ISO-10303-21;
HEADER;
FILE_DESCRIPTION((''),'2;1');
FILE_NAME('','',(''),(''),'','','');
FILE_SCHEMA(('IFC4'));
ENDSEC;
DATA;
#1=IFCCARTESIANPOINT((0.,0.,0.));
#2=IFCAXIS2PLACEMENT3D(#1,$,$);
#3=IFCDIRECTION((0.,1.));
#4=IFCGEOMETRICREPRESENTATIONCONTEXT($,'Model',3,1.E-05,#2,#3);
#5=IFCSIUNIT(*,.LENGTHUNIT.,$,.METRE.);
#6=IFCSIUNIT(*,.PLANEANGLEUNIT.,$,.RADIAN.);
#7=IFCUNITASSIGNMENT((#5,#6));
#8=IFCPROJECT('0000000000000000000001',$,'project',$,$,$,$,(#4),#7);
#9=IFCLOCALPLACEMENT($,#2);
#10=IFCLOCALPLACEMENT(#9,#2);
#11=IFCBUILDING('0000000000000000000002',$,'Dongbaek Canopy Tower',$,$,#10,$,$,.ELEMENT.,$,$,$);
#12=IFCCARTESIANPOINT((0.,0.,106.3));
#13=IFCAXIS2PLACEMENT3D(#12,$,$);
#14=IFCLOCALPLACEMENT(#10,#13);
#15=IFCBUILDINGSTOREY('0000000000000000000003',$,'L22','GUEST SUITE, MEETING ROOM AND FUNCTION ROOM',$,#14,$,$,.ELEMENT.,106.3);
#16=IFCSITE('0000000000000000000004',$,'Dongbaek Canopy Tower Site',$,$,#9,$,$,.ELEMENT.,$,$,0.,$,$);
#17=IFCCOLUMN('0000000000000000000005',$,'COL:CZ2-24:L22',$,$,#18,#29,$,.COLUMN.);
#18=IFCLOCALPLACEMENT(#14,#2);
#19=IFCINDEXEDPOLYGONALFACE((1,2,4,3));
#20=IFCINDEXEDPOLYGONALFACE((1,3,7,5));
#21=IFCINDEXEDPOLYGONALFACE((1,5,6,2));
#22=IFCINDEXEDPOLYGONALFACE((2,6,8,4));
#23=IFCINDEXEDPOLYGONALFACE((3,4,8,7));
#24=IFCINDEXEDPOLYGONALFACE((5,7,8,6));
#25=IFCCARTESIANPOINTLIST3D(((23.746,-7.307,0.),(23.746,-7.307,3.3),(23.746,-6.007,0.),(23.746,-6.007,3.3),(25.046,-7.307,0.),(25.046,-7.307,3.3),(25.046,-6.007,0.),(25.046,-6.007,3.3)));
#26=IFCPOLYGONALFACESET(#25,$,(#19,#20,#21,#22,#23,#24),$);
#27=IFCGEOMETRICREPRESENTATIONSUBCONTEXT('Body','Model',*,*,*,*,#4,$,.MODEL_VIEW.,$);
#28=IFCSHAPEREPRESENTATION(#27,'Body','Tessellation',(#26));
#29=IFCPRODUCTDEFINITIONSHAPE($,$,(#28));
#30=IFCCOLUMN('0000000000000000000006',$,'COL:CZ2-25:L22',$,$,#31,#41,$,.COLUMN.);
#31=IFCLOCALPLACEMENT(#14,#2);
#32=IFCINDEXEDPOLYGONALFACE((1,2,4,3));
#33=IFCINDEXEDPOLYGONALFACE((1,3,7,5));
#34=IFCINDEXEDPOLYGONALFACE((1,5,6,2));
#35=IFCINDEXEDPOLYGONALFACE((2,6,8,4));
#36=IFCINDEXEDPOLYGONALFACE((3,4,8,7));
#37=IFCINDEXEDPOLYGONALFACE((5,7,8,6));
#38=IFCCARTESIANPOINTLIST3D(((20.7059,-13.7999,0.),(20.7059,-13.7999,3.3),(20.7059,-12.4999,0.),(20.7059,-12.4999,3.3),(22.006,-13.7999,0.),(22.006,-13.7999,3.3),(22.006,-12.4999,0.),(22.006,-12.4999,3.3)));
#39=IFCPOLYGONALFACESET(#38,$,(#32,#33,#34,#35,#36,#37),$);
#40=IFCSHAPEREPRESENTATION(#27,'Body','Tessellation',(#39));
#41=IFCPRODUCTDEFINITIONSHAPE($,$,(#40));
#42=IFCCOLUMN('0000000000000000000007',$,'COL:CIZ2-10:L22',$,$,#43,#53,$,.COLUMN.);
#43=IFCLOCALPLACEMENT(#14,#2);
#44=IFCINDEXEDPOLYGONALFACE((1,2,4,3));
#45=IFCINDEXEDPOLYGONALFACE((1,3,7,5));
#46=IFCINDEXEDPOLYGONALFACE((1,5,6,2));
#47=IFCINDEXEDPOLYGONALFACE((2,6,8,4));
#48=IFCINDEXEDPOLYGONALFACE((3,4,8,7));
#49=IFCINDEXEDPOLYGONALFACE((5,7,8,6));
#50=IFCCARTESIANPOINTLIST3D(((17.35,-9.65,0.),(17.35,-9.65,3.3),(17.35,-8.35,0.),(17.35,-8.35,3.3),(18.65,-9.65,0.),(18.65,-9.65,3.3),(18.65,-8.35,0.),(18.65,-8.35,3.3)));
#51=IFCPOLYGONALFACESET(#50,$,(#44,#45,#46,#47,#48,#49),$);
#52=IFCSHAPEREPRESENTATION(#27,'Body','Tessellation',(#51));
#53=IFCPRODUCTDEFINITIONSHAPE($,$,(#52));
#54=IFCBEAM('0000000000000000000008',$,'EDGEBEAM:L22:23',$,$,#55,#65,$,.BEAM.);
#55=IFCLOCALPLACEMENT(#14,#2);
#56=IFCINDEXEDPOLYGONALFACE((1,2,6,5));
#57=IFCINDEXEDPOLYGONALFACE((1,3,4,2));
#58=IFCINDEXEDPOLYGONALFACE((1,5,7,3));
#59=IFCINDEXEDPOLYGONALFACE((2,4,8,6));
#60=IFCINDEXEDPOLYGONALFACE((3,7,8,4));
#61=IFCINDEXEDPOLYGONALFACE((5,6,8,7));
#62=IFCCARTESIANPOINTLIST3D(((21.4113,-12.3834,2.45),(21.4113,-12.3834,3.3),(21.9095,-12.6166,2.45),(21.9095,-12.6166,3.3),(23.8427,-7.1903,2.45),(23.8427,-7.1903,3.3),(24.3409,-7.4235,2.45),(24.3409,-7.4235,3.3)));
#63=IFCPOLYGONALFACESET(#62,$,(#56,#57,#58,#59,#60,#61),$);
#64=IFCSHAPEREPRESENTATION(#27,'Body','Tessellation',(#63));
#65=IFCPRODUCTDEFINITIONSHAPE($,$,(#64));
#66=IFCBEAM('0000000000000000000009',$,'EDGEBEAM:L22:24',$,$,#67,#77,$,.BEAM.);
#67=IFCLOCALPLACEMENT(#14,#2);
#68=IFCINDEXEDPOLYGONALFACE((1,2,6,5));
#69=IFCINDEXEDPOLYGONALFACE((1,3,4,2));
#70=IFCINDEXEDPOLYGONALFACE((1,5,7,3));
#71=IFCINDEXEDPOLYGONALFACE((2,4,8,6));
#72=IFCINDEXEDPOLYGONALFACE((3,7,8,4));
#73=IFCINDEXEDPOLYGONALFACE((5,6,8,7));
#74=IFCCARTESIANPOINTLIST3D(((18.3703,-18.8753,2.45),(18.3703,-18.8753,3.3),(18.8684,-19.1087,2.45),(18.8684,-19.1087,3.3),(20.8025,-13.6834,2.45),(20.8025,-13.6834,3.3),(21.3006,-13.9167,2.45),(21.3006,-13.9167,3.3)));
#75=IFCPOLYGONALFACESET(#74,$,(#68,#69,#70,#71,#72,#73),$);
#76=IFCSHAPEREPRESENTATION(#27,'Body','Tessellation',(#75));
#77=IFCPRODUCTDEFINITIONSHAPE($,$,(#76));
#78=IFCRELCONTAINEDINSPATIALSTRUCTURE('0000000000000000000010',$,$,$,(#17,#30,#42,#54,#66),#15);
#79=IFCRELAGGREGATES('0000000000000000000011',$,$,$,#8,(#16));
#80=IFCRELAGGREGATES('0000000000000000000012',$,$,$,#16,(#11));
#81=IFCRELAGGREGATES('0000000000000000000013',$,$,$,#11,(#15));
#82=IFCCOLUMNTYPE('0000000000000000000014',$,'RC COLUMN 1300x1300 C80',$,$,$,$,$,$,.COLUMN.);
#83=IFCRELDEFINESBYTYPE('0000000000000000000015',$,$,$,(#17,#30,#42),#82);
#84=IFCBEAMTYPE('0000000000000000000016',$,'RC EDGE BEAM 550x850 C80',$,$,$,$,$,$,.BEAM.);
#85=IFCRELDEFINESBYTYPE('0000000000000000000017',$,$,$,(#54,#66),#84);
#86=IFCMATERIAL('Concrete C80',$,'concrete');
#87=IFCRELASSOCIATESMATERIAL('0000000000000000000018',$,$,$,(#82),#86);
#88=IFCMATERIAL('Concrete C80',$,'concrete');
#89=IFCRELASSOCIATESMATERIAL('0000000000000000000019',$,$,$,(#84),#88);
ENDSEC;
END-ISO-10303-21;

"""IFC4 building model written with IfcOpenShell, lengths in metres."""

from ifc_helpers import new_model, si_unit, direction, frame, origin, origin_2d, place, context, subcontext, project, spatial, rectangle, extrude, material, material_profile, profile_set, type_object, element, save


model = new_model("IFC4")

# Units and contexts
model_context = context("Model", 3, precision=1e-05, world=origin(), true_north=direction((0.0, 1.0)))
body_context = subcontext(model_context, "Body", "Model", "MODEL_VIEW")
ifc_project = project(units=[si_unit("LENGTHUNIT", "METRE"), si_unit("PLANEANGLEUNIT", "RADIAN")], contexts=[model_context])

# Site, building, storey
site_placement = place(None, origin())
site = spatial("IfcSite", under=ifc_project, at=site_placement, Name="Dongbaek Canopy Tower Site", CompositionType="ELEMENT", RefElevation=0.0)
building_placement = place(site_placement, origin())
building = spatial("IfcBuilding", under=site, at=building_placement, Name="Dongbaek Canopy Tower", CompositionType="ELEMENT")
storey_placement = place(building_placement, frame((0.0, 0.0, 106.3)))
storey = spatial("IfcBuildingStorey", under=building, at=storey_placement, Name="L22", Description="GUEST SUITE, MEETING ROOM AND FUNCTION ROOM", CompositionType="ELEMENT", Elevation=106.3)

# Columns
ifc_material_1 = material(Name="Concrete C80", Category="concrete")
ifc_material_profile_1 = material_profile(ifc_material_1, rectangle(XDim=1.3, YDim=1.3, at=origin_2d()), Name="RC COLUMN 1300x1300 C80")
ifc_profile_set_1 = profile_set([ifc_material_profile_1], Name="Concrete C80")
column_type = type_object("IfcColumnType", Name="RC COLUMN 1300x1300 C80", PredefinedType="COLUMN", material=ifc_profile_set_1)
for number, where, z_axis, x_axis, name in (
    (1, (24.396, -6.657, 0.0), (0.0, 0.0, 1.0), (1.0, 0.0, 0.0), "COL:CZ2-24:L22"),
    (2, (21.356, -13.1499, 0.0), (0.0, 0.0, 1.0), (1.0, 0.0, 0.0), "COL:CZ2-25:L22"),
    (3, (18.0, -9.0, 0.0), (0.0, 0.0, 1.0), (1.0, 0.0, 0.0), "COL:CIZ2-10:L22"),
):
    element("IfcColumn", number, at=place(storey_placement, frame(where, z_axis=z_axis, x_axis=x_axis)), inside=storey, type_object=column_type, Name=name, PredefinedType="COLUMN", context=body_context, shape_type="SweptSolid", body=[
        extrude(rectangle(XDim=1.3, YDim=1.3, at=origin_2d()), origin(), (0.0, 0.0, 1.0), 3.3),
    ])

# Beams
ifc_material_2 = material(Name="Concrete C80", Category="concrete")
ifc_material_profile_2 = material_profile(ifc_material_2, rectangle(XDim=0.55, YDim=0.8501, at=origin_2d()), Name="RC EDGE BEAM 550x850 C80")
ifc_profile_set_2 = profile_set([ifc_material_profile_2], Name="Concrete C80")
beam_type = type_object("IfcBeamType", Name="RC EDGE BEAM 550x850 C80", PredefinedType="BEAM", material=ifc_profile_set_2)
beam_1_placement = place(storey_placement, frame((24.0918, -7.3069, 2.875), z_axis=(-0.424023, -0.905652, 0.0), x_axis=(0.905652, -0.424023, 0.0)))
element("IfcBeam", 4, at=beam_1_placement, inside=storey, type_object=beam_type, Name="EDGEBEAM:L22:23", PredefinedType="BEAM", context=body_context, shape_type="SweptSolid", body=[
    extrude(rectangle(XDim=0.55, YDim=0.8501, at=origin_2d()), origin(), (0.0, 0.0, 1.0), 5.7341),
])
beam_2_placement = place(storey_placement, frame((21.0515, -13.8, 2.875), z_axis=(-0.424209, -0.905564, 0.0), x_axis=(0.905564, -0.424209, 0.0)))
element("IfcBeam", 5, at=beam_2_placement, inside=storey, type_object=beam_type, Name="EDGEBEAM:L22:24", PredefinedType="BEAM", context=body_context, shape_type="SweptSolid", body=[
    extrude(rectangle(XDim=0.55, YDim=0.8501, at=origin_2d()), origin(), (0.0, 0.0, 1.0), 5.7334),
])

save(model, "model.ifc")
